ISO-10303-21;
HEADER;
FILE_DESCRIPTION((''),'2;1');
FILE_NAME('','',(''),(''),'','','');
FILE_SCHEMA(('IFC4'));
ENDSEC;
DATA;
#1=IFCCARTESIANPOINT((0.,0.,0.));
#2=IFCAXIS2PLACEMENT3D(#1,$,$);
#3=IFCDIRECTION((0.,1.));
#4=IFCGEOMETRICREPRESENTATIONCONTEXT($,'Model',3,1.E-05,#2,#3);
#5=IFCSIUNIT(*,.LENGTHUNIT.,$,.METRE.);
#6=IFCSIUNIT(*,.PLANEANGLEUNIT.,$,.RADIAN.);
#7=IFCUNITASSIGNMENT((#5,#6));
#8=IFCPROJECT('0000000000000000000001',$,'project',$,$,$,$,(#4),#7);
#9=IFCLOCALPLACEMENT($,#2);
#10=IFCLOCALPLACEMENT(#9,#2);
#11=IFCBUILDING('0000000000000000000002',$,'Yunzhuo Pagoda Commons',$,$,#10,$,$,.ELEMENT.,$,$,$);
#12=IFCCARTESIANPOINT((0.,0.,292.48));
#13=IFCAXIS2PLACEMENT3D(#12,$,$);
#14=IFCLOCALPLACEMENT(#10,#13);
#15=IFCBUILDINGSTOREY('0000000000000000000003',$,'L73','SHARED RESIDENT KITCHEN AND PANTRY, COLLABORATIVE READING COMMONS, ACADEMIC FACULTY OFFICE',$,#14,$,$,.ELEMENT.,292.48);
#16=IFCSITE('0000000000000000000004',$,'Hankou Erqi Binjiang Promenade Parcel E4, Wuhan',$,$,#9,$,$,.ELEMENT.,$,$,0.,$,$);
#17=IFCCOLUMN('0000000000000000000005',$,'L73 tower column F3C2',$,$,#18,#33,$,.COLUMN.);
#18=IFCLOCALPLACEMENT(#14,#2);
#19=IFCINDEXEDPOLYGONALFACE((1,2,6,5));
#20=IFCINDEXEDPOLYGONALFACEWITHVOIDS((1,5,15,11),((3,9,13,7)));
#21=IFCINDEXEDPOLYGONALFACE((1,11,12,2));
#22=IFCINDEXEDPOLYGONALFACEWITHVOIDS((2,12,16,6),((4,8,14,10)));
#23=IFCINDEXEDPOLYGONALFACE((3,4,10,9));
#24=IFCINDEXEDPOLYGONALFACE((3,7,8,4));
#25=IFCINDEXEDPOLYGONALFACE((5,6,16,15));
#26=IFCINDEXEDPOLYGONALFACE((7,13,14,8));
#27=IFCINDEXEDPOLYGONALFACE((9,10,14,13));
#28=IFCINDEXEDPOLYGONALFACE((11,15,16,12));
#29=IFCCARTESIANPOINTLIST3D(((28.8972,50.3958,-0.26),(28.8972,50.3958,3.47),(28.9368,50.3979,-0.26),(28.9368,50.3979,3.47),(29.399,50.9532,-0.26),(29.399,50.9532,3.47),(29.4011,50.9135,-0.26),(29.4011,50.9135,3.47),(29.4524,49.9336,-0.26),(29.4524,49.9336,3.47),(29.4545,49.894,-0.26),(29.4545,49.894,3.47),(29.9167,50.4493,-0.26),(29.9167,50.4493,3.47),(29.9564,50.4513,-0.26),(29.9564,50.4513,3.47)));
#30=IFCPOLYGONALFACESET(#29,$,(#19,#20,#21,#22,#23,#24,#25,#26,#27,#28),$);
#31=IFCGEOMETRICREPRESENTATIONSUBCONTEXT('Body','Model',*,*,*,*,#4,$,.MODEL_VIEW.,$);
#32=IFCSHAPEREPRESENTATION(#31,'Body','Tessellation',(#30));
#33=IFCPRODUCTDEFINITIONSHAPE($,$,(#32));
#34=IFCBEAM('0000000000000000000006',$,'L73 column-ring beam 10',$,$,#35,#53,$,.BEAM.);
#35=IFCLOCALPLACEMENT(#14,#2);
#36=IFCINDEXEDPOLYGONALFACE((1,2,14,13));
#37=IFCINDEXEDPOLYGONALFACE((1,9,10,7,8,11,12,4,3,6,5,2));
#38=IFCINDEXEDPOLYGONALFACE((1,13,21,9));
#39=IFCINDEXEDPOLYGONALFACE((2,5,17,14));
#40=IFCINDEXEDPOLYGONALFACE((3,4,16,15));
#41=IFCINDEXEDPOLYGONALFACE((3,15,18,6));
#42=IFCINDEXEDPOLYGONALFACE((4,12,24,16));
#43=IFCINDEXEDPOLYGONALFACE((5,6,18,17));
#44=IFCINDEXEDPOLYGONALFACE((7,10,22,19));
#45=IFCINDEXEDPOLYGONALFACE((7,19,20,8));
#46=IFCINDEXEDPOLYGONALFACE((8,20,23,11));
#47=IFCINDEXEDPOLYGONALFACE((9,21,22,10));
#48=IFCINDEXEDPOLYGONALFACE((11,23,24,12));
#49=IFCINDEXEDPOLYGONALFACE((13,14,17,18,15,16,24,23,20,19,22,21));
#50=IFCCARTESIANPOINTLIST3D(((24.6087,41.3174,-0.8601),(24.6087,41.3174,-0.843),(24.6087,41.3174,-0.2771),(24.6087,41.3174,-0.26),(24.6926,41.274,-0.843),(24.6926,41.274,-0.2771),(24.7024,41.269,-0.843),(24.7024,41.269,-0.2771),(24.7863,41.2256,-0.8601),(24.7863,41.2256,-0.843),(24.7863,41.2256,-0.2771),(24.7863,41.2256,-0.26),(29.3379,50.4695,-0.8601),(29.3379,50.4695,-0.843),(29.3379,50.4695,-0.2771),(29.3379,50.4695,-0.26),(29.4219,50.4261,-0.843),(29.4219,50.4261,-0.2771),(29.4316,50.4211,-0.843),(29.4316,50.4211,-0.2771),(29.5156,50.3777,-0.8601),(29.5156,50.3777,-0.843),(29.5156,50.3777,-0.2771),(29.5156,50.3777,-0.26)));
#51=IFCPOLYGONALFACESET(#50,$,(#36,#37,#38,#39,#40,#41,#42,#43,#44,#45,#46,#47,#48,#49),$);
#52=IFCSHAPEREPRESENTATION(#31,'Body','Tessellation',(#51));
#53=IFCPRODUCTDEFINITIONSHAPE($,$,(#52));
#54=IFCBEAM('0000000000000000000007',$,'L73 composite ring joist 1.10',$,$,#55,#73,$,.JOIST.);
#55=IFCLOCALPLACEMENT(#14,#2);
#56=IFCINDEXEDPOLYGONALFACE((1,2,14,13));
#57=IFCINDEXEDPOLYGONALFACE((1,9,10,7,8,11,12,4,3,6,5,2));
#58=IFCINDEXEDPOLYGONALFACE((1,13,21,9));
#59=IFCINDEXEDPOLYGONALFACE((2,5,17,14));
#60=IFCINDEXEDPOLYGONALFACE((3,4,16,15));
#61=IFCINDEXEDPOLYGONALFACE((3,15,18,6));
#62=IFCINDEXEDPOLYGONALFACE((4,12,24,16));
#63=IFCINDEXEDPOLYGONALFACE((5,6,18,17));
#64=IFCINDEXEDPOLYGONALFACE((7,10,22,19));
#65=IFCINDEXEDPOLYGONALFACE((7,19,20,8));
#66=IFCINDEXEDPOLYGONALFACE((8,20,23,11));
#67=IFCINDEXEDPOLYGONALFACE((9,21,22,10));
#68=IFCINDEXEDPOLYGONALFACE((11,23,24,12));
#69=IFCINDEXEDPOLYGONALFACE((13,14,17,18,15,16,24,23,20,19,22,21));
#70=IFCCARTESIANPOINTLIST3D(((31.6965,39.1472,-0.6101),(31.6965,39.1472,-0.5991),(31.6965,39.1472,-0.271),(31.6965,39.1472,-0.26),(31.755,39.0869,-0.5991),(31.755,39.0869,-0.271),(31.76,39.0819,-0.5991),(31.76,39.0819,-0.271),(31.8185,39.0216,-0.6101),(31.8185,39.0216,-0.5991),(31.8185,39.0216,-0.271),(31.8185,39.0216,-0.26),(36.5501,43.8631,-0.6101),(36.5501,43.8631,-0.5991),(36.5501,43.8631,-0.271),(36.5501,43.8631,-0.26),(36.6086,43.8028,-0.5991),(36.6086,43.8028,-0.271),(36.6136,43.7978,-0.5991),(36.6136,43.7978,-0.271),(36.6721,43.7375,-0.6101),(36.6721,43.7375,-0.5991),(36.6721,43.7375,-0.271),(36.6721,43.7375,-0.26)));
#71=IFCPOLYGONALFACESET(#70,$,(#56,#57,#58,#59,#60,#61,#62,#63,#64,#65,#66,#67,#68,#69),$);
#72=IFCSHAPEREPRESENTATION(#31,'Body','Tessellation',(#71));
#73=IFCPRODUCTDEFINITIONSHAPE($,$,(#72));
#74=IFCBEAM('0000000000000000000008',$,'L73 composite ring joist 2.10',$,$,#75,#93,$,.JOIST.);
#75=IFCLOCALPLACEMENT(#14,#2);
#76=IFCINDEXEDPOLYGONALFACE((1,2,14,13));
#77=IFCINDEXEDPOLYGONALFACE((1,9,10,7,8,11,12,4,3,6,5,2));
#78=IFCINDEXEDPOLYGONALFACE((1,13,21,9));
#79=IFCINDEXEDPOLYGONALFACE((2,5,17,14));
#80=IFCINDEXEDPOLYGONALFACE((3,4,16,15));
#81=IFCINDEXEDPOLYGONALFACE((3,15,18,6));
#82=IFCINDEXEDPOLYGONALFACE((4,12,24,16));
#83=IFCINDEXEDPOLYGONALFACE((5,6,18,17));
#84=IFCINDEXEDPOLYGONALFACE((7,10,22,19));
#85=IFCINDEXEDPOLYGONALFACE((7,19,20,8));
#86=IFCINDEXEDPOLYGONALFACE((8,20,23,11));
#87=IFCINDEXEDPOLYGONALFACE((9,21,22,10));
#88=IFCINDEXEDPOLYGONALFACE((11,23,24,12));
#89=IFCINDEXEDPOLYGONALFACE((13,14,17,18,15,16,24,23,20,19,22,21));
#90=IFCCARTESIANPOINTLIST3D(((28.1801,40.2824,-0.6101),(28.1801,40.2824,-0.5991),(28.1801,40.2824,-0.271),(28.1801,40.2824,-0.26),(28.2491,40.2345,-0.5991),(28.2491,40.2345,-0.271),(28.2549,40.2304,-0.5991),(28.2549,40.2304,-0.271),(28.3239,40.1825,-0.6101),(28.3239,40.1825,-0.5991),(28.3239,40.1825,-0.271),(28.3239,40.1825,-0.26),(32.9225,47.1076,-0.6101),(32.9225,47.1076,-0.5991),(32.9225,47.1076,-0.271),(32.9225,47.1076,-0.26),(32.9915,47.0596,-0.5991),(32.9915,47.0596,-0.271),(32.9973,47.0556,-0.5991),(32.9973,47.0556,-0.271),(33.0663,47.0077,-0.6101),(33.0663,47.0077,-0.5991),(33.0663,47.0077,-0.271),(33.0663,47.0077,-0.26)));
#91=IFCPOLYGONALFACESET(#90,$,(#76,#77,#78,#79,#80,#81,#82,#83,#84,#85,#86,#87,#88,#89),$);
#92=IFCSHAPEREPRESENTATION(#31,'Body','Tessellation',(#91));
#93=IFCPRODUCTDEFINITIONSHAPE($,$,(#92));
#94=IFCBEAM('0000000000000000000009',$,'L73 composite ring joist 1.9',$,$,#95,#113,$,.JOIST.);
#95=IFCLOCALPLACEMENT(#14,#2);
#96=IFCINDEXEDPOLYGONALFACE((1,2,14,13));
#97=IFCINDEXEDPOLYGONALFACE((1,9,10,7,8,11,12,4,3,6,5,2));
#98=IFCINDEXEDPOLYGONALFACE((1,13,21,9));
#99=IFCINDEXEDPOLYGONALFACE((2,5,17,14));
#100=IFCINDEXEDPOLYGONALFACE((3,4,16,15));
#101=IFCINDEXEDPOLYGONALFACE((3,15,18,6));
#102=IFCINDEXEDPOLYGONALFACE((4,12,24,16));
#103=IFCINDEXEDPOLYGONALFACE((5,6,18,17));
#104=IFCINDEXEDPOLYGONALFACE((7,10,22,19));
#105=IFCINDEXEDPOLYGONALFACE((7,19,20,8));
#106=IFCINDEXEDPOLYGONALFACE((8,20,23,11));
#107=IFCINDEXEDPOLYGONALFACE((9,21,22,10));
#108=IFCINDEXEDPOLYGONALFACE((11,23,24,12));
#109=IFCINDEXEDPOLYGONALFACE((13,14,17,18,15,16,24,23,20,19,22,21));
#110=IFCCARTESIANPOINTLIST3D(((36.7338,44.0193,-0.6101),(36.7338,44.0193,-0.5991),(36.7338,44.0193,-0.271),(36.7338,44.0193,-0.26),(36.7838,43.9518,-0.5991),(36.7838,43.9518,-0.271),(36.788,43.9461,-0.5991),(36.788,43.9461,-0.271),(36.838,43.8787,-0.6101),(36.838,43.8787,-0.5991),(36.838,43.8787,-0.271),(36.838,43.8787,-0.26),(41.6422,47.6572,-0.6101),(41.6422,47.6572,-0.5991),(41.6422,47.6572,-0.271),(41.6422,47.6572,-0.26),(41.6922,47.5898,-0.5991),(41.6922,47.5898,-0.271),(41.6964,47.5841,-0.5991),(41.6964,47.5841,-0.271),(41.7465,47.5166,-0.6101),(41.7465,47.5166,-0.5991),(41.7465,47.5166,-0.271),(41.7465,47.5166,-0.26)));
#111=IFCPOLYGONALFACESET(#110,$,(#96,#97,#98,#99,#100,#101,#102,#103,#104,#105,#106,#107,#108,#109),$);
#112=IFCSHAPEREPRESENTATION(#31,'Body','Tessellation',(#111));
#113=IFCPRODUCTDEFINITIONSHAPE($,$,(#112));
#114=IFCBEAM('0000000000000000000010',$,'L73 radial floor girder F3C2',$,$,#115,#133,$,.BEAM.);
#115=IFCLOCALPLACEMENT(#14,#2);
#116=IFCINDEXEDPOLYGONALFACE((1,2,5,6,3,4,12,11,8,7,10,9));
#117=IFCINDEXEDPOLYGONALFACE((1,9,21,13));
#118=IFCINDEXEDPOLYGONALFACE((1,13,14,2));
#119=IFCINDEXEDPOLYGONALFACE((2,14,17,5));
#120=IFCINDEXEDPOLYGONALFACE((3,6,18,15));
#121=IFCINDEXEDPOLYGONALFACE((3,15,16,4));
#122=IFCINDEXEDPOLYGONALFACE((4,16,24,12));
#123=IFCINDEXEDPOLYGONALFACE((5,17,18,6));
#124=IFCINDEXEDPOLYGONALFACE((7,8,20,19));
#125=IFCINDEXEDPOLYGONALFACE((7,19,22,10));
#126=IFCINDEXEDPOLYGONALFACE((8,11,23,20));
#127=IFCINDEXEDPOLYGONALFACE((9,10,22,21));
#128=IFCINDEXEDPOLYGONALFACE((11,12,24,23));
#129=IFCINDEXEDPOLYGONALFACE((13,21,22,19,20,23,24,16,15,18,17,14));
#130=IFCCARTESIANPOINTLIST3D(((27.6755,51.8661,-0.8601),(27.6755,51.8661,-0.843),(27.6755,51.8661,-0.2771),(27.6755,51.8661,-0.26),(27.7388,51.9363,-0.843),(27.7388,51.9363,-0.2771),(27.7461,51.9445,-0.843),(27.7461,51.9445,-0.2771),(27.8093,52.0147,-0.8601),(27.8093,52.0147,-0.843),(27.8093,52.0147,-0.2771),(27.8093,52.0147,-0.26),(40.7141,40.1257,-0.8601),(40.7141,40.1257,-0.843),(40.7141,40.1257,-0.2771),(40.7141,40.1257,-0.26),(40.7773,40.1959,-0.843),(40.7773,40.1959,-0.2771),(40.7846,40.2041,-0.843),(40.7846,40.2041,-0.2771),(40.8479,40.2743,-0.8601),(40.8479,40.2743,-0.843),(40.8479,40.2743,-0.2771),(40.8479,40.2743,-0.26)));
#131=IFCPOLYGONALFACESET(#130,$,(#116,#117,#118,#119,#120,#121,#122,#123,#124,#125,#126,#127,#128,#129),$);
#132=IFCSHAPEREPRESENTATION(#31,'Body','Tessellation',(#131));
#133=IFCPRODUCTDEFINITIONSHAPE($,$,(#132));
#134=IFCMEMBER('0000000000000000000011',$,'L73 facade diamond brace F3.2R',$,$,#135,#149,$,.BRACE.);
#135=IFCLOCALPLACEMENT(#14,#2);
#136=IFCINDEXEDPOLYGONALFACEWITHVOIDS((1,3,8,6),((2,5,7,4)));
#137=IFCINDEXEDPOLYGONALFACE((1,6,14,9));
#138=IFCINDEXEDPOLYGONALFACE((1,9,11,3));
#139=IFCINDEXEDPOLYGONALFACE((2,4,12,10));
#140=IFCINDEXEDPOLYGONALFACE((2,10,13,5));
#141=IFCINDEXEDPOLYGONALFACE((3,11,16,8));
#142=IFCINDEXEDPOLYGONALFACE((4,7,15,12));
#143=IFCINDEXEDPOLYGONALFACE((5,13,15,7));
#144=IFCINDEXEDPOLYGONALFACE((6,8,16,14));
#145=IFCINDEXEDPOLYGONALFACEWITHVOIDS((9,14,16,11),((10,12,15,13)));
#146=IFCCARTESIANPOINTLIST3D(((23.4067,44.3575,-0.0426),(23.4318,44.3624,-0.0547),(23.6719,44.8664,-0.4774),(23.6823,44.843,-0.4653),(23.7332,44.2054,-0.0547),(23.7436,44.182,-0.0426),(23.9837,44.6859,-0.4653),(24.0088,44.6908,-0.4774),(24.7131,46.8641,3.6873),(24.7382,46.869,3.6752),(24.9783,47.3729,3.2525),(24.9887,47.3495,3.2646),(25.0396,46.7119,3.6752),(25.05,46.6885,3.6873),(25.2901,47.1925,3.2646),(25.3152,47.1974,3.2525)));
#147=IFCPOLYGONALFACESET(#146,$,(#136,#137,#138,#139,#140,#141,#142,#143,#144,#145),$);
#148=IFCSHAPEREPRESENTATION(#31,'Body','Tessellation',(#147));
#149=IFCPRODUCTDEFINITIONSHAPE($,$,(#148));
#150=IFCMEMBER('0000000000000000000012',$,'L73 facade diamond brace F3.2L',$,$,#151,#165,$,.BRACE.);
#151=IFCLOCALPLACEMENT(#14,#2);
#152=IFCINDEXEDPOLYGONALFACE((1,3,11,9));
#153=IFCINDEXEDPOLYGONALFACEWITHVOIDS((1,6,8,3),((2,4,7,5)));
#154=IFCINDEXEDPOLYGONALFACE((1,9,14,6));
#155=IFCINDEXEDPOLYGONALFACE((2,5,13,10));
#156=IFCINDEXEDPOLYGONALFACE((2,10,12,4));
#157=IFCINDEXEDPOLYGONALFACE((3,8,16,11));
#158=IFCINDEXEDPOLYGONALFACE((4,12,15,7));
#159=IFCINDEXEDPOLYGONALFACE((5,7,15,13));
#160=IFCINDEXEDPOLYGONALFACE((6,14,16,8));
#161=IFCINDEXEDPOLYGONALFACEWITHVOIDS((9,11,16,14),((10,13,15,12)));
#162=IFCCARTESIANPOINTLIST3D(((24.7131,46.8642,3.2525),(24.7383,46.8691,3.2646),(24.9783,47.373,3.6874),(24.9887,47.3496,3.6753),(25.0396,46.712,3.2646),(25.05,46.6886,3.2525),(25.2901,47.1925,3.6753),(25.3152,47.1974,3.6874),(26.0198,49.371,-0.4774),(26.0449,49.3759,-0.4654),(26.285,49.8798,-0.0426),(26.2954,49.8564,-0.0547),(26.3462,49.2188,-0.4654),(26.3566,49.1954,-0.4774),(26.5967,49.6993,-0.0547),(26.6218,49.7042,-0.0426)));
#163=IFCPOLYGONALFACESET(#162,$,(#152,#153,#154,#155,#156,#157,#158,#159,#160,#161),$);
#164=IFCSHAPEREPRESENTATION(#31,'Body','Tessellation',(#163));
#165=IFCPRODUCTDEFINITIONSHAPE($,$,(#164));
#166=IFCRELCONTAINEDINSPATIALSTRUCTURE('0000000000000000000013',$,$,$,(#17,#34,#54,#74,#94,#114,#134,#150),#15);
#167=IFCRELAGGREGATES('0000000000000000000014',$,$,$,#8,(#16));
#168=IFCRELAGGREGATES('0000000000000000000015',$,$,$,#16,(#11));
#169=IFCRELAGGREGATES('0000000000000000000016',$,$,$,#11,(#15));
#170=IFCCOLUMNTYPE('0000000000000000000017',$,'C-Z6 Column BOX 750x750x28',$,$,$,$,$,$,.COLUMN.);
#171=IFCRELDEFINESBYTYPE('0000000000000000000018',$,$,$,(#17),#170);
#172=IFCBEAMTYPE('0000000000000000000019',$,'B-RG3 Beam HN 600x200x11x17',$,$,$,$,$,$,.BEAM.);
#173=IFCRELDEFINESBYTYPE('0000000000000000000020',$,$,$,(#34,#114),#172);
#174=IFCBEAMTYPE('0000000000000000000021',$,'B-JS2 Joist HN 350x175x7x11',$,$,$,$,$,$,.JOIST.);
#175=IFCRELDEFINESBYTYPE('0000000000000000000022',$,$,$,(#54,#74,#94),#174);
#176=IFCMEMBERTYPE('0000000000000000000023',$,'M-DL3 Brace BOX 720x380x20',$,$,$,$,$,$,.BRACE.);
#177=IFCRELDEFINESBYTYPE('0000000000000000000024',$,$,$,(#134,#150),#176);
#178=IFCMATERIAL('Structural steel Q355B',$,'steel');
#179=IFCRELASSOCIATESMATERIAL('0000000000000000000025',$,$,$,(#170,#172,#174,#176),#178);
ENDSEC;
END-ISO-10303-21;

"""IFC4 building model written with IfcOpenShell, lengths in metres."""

from ifc_helpers import new_model, si_unit, direction, frame, origin, origin_2d, place, context, subcontext, project, spatial, hollow_rectangle, i_section, extrude, source, transform, mapped, material, material_profile, profile_set, type_object, element, save


model = new_model("IFC4")

# Units and contexts
model_context = context("Model", 3, precision=1e-05, world=origin(), true_north=direction((0.0, 1.0)))
body_context = subcontext(model_context, "Body", "Model", "MODEL_VIEW")
ifc_project = project(units=[si_unit("LENGTHUNIT", "METRE"), si_unit("PLANEANGLEUNIT", "RADIAN")], contexts=[model_context])

# Site, building, storey
site_placement = place(None, origin())
site = spatial("IfcSite", under=ifc_project, at=site_placement, Name="Hankou Erqi Binjiang Promenade Parcel E4, Wuhan", CompositionType="ELEMENT", RefElevation=0.0)
building_placement = place(site_placement, origin())
building = spatial("IfcBuilding", under=site, at=building_placement, Name="Yunzhuo Pagoda Commons", CompositionType="ELEMENT")
storey_placement = place(building_placement, frame((0.0, 0.0, 292.48)))
storey = spatial("IfcBuildingStorey", under=building, at=storey_placement, Name="L73", Description="SHARED RESIDENT KITCHEN AND PANTRY, COLLABORATIVE READING COMMONS, ACADEMIC FACULTY OFFICE", CompositionType="ELEMENT", Elevation=292.48)

# Column
ifc_material_1 = material(Name="Structural steel Q355B", Category="steel")
ifc_material_profile_1 = material_profile(ifc_material_1, hollow_rectangle(XDim=0.75, YDim=0.75, WallThickness=0.0281, at=origin_2d()), Name="Structural steel Q355B")
ifc_profile_set_1 = profile_set([ifc_material_profile_1], Name="Structural steel Q355B")
column_type = type_object("IfcColumnType", Name="C-Z6 Column BOX 750x750x28", PredefinedType="COLUMN", material=ifc_profile_set_1)
shared_shape_1 = source(origin(), body_context, "Body", "SweptSolid", [
    extrude(hollow_rectangle(XDim=0.75, YDim=0.75, WallThickness=0.0281, at=origin_2d()), origin(), (0.0, 0.0, 1.0), 3.73),
])
column_placement = place(storey_placement, frame((29.4268, 50.4236, -0.26), z_axis=(0.0, 0.0, 1.0), x_axis=(-0.669131, -0.743145, 0.0)))
element("IfcColumn", 1, at=column_placement, inside=storey, type_object=column_type, Name="L73 tower column F3C2", PredefinedType="COLUMN", context=body_context, shape_type="MappedRepresentation", body=[
    mapped(shared_shape_1, transform((0.0, 0.0, 0.0), scale=1.0)),
])

# Beams
ifc_material_profile_2 = material_profile(ifc_material_1, i_section(OverallWidth=0.2, OverallDepth=0.6001, WebThickness=0.011, FlangeThickness=0.0171, at=origin_2d()), Name="Structural steel Q355B")
ifc_profile_set_2 = profile_set([ifc_material_profile_2], Name="Structural steel Q355B")
beam_type_1 = type_object("IfcBeamType", Name="B-RG3 Beam HN 600x200x11x17", PredefinedType="BEAM", material=ifc_profile_set_2)
shared_shape_2 = source(origin(), body_context, "Body", "SweptSolid", [
    extrude(i_section(OverallWidth=0.2, OverallDepth=0.6001, WebThickness=0.011, FlangeThickness=0.0171, at=origin_2d()), origin(), (0.0, 0.0, 1.0), 10.3018),
])
beam_1_placement = place(storey_placement, frame((29.4268, 50.4236, -0.5601), z_axis=(-0.459071, -0.8884, 0.0), x_axis=(0.8884, -0.459071, 0.0)))
element("IfcBeam", 2, at=beam_1_placement, inside=storey, type_object=beam_type_1, Name="L73 column-ring beam 10", PredefinedType="BEAM", context=body_context, shape_type="MappedRepresentation", body=[
    mapped(shared_shape_2, transform((0.0, 0.0, 0.0), scale=1.0)),
])
ifc_material_profile_3 = material_profile(ifc_material_1, i_section(OverallWidth=0.175, OverallDepth=0.3501, WebThickness=0.0071, FlangeThickness=0.011, at=origin_2d()), Name="Structural steel Q355B")
ifc_profile_set_3 = profile_set([ifc_material_profile_3], Name="Structural steel Q355B")
beam_type_2 = type_object("IfcBeamType", Name="B-JS2 Joist HN 350x175x7x11", PredefinedType="JOIST", material=ifc_profile_set_3)
shared_shape_3 = source(origin(), body_context, "Body", "SweptSolid", [
    extrude(i_section(OverallWidth=0.175, OverallDepth=0.3501, WebThickness=0.0071, FlangeThickness=0.011, at=origin_2d()), origin(), (0.0, 0.0, 1.0), 6.7673),
])
beam_2_placement = place(storey_placement, frame((36.6111, 43.8003, -0.4351), z_axis=(-0.717207, -0.69686, 0.0), x_axis=(0.69686, -0.717207, 0.0)))
element("IfcBeam", 3, at=beam_2_placement, inside=storey, type_object=beam_type_2, Name="L73 composite ring joist 1.10", PredefinedType="JOIST", context=body_context, shape_type="MappedRepresentation", body=[
    mapped(shared_shape_3, transform((0.0, 0.0, 0.0), scale=1.0)),
])
shared_shape_4 = source(origin(), body_context, "Body", "SweptSolid", [
    extrude(i_section(OverallWidth=0.175, OverallDepth=0.3501, WebThickness=0.0071, FlangeThickness=0.011, at=origin_2d()), origin(), (0.0, 0.0, 1.0), 8.311),
])
beam_3_placement = place(storey_placement, frame((32.9944, 47.0576, -0.4351), z_axis=(-0.570616, -0.821217, 0.0), x_axis=(0.821217, -0.570616, 0.0)))
element("IfcBeam", 4, at=beam_3_placement, inside=storey, type_object=beam_type_2, Name="L73 composite ring joist 2.10", PredefinedType="JOIST", context=body_context, shape_type="MappedRepresentation", body=[
    mapped(shared_shape_4, transform((0.0, 0.0, 0.0), scale=1.0)),
])
shared_shape_5 = source(origin(), body_context, "Body", "SweptSolid", [
    extrude(i_section(OverallWidth=0.175, OverallDepth=0.3501, WebThickness=0.0071, FlangeThickness=0.011, at=origin_2d()), origin(), (0.0, 0.0, 1.0), 6.1096),
])
beam_4_placement = place(storey_placement, frame((41.6943, 47.5869, -0.4351), z_axis=(-0.803396, -0.595444, 0.0), x_axis=(0.595444, -0.803396, 0.0)))
element("IfcBeam", 5, at=beam_4_placement, inside=storey, type_object=beam_type_2, Name="L73 composite ring joist 1.9", PredefinedType="JOIST", context=body_context, shape_type="MappedRepresentation", body=[
    mapped(shared_shape_5, transform((0.0, 0.0, 0.0), scale=1.0)),
])
shared_shape_6 = source(origin(), body_context, "Body", "SweptSolid", [
    extrude(i_section(OverallWidth=0.2, OverallDepth=0.6001, WebThickness=0.011, FlangeThickness=0.0171, at=origin_2d()), origin(), (0.0, 0.0, 1.0), 17.5454),
])
beam_5_placement = place(storey_placement, frame((27.7424, 51.9404, -0.5601), z_axis=(0.743131, -0.669146, 0.0), x_axis=(0.669146, 0.743131, 0.0)))
element("IfcBeam", 6, at=beam_5_placement, inside=storey, type_object=beam_type_1, Name="L73 radial floor girder F3C2", PredefinedType="BEAM", context=body_context, shape_type="MappedRepresentation", body=[
    mapped(shared_shape_6, transform((0.0, 0.0, 0.0), scale=1.0)),
])

# Members
ifc_material_profile_4 = material_profile(ifc_material_1, hollow_rectangle(XDim=0.3799, YDim=0.72, WallThickness=0.02, at=origin_2d()), Name="Structural steel Q355B")
ifc_profile_set_4 = profile_set([ifc_material_profile_4], Name="Structural steel Q355B")
member_type_1 = type_object("IfcMemberType", Name="M-DL3 Brace BOX 720x380x20", PredefinedType="BRACE", material=ifc_profile_set_4)
shared_shape_7 = source(origin(), body_context, "Body", "SweptSolid", [
    extrude(hollow_rectangle(XDim=0.3799, YDim=0.72, WallThickness=0.02, at=origin_2d()), origin(), (0.0, 0.0, 1.0), 4.6799),
])
member_1_placement = place(storey_placement, frame((23.7078, 44.5242, -0.26), z_axis=(0.279144, 0.535596, 0.797004), x_axis=(-0.886787, 0.462179, 0.0)))
element("IfcMember", 7, at=member_1_placement, inside=storey, type_object=member_type_1, Name="L73 facade diamond brace F3.2R", PredefinedType="BRACE", context=body_context, shape_type="MappedRepresentation", body=[
    mapped(shared_shape_7, transform((0.0, 0.0, 0.0), scale=1.0)),
])
shared_shape_8 = source(origin(), body_context, "Body", "SweptSolid", [
    extrude(hollow_rectangle(XDim=0.3799, YDim=0.72, WallThickness=0.02, at=origin_2d()), origin(), (0.0, 0.0, 1.0), 4.6802),
])
member_2_placement = place(storey_placement, frame((26.3208, 49.5376, -0.26), z_axis=(-0.279185, -0.535626, 0.79697), x_axis=(0.88677, -0.462212, 0.0)))
element("IfcMember", 8, at=member_2_placement, inside=storey, type_object=member_type_1, Name="L73 facade diamond brace F3.2L", PredefinedType="BRACE", context=body_context, shape_type="MappedRepresentation", body=[
    mapped(shared_shape_8, transform((0.0, 0.0, 0.0), scale=1.0)),
])

save(model, "model.ifc")
